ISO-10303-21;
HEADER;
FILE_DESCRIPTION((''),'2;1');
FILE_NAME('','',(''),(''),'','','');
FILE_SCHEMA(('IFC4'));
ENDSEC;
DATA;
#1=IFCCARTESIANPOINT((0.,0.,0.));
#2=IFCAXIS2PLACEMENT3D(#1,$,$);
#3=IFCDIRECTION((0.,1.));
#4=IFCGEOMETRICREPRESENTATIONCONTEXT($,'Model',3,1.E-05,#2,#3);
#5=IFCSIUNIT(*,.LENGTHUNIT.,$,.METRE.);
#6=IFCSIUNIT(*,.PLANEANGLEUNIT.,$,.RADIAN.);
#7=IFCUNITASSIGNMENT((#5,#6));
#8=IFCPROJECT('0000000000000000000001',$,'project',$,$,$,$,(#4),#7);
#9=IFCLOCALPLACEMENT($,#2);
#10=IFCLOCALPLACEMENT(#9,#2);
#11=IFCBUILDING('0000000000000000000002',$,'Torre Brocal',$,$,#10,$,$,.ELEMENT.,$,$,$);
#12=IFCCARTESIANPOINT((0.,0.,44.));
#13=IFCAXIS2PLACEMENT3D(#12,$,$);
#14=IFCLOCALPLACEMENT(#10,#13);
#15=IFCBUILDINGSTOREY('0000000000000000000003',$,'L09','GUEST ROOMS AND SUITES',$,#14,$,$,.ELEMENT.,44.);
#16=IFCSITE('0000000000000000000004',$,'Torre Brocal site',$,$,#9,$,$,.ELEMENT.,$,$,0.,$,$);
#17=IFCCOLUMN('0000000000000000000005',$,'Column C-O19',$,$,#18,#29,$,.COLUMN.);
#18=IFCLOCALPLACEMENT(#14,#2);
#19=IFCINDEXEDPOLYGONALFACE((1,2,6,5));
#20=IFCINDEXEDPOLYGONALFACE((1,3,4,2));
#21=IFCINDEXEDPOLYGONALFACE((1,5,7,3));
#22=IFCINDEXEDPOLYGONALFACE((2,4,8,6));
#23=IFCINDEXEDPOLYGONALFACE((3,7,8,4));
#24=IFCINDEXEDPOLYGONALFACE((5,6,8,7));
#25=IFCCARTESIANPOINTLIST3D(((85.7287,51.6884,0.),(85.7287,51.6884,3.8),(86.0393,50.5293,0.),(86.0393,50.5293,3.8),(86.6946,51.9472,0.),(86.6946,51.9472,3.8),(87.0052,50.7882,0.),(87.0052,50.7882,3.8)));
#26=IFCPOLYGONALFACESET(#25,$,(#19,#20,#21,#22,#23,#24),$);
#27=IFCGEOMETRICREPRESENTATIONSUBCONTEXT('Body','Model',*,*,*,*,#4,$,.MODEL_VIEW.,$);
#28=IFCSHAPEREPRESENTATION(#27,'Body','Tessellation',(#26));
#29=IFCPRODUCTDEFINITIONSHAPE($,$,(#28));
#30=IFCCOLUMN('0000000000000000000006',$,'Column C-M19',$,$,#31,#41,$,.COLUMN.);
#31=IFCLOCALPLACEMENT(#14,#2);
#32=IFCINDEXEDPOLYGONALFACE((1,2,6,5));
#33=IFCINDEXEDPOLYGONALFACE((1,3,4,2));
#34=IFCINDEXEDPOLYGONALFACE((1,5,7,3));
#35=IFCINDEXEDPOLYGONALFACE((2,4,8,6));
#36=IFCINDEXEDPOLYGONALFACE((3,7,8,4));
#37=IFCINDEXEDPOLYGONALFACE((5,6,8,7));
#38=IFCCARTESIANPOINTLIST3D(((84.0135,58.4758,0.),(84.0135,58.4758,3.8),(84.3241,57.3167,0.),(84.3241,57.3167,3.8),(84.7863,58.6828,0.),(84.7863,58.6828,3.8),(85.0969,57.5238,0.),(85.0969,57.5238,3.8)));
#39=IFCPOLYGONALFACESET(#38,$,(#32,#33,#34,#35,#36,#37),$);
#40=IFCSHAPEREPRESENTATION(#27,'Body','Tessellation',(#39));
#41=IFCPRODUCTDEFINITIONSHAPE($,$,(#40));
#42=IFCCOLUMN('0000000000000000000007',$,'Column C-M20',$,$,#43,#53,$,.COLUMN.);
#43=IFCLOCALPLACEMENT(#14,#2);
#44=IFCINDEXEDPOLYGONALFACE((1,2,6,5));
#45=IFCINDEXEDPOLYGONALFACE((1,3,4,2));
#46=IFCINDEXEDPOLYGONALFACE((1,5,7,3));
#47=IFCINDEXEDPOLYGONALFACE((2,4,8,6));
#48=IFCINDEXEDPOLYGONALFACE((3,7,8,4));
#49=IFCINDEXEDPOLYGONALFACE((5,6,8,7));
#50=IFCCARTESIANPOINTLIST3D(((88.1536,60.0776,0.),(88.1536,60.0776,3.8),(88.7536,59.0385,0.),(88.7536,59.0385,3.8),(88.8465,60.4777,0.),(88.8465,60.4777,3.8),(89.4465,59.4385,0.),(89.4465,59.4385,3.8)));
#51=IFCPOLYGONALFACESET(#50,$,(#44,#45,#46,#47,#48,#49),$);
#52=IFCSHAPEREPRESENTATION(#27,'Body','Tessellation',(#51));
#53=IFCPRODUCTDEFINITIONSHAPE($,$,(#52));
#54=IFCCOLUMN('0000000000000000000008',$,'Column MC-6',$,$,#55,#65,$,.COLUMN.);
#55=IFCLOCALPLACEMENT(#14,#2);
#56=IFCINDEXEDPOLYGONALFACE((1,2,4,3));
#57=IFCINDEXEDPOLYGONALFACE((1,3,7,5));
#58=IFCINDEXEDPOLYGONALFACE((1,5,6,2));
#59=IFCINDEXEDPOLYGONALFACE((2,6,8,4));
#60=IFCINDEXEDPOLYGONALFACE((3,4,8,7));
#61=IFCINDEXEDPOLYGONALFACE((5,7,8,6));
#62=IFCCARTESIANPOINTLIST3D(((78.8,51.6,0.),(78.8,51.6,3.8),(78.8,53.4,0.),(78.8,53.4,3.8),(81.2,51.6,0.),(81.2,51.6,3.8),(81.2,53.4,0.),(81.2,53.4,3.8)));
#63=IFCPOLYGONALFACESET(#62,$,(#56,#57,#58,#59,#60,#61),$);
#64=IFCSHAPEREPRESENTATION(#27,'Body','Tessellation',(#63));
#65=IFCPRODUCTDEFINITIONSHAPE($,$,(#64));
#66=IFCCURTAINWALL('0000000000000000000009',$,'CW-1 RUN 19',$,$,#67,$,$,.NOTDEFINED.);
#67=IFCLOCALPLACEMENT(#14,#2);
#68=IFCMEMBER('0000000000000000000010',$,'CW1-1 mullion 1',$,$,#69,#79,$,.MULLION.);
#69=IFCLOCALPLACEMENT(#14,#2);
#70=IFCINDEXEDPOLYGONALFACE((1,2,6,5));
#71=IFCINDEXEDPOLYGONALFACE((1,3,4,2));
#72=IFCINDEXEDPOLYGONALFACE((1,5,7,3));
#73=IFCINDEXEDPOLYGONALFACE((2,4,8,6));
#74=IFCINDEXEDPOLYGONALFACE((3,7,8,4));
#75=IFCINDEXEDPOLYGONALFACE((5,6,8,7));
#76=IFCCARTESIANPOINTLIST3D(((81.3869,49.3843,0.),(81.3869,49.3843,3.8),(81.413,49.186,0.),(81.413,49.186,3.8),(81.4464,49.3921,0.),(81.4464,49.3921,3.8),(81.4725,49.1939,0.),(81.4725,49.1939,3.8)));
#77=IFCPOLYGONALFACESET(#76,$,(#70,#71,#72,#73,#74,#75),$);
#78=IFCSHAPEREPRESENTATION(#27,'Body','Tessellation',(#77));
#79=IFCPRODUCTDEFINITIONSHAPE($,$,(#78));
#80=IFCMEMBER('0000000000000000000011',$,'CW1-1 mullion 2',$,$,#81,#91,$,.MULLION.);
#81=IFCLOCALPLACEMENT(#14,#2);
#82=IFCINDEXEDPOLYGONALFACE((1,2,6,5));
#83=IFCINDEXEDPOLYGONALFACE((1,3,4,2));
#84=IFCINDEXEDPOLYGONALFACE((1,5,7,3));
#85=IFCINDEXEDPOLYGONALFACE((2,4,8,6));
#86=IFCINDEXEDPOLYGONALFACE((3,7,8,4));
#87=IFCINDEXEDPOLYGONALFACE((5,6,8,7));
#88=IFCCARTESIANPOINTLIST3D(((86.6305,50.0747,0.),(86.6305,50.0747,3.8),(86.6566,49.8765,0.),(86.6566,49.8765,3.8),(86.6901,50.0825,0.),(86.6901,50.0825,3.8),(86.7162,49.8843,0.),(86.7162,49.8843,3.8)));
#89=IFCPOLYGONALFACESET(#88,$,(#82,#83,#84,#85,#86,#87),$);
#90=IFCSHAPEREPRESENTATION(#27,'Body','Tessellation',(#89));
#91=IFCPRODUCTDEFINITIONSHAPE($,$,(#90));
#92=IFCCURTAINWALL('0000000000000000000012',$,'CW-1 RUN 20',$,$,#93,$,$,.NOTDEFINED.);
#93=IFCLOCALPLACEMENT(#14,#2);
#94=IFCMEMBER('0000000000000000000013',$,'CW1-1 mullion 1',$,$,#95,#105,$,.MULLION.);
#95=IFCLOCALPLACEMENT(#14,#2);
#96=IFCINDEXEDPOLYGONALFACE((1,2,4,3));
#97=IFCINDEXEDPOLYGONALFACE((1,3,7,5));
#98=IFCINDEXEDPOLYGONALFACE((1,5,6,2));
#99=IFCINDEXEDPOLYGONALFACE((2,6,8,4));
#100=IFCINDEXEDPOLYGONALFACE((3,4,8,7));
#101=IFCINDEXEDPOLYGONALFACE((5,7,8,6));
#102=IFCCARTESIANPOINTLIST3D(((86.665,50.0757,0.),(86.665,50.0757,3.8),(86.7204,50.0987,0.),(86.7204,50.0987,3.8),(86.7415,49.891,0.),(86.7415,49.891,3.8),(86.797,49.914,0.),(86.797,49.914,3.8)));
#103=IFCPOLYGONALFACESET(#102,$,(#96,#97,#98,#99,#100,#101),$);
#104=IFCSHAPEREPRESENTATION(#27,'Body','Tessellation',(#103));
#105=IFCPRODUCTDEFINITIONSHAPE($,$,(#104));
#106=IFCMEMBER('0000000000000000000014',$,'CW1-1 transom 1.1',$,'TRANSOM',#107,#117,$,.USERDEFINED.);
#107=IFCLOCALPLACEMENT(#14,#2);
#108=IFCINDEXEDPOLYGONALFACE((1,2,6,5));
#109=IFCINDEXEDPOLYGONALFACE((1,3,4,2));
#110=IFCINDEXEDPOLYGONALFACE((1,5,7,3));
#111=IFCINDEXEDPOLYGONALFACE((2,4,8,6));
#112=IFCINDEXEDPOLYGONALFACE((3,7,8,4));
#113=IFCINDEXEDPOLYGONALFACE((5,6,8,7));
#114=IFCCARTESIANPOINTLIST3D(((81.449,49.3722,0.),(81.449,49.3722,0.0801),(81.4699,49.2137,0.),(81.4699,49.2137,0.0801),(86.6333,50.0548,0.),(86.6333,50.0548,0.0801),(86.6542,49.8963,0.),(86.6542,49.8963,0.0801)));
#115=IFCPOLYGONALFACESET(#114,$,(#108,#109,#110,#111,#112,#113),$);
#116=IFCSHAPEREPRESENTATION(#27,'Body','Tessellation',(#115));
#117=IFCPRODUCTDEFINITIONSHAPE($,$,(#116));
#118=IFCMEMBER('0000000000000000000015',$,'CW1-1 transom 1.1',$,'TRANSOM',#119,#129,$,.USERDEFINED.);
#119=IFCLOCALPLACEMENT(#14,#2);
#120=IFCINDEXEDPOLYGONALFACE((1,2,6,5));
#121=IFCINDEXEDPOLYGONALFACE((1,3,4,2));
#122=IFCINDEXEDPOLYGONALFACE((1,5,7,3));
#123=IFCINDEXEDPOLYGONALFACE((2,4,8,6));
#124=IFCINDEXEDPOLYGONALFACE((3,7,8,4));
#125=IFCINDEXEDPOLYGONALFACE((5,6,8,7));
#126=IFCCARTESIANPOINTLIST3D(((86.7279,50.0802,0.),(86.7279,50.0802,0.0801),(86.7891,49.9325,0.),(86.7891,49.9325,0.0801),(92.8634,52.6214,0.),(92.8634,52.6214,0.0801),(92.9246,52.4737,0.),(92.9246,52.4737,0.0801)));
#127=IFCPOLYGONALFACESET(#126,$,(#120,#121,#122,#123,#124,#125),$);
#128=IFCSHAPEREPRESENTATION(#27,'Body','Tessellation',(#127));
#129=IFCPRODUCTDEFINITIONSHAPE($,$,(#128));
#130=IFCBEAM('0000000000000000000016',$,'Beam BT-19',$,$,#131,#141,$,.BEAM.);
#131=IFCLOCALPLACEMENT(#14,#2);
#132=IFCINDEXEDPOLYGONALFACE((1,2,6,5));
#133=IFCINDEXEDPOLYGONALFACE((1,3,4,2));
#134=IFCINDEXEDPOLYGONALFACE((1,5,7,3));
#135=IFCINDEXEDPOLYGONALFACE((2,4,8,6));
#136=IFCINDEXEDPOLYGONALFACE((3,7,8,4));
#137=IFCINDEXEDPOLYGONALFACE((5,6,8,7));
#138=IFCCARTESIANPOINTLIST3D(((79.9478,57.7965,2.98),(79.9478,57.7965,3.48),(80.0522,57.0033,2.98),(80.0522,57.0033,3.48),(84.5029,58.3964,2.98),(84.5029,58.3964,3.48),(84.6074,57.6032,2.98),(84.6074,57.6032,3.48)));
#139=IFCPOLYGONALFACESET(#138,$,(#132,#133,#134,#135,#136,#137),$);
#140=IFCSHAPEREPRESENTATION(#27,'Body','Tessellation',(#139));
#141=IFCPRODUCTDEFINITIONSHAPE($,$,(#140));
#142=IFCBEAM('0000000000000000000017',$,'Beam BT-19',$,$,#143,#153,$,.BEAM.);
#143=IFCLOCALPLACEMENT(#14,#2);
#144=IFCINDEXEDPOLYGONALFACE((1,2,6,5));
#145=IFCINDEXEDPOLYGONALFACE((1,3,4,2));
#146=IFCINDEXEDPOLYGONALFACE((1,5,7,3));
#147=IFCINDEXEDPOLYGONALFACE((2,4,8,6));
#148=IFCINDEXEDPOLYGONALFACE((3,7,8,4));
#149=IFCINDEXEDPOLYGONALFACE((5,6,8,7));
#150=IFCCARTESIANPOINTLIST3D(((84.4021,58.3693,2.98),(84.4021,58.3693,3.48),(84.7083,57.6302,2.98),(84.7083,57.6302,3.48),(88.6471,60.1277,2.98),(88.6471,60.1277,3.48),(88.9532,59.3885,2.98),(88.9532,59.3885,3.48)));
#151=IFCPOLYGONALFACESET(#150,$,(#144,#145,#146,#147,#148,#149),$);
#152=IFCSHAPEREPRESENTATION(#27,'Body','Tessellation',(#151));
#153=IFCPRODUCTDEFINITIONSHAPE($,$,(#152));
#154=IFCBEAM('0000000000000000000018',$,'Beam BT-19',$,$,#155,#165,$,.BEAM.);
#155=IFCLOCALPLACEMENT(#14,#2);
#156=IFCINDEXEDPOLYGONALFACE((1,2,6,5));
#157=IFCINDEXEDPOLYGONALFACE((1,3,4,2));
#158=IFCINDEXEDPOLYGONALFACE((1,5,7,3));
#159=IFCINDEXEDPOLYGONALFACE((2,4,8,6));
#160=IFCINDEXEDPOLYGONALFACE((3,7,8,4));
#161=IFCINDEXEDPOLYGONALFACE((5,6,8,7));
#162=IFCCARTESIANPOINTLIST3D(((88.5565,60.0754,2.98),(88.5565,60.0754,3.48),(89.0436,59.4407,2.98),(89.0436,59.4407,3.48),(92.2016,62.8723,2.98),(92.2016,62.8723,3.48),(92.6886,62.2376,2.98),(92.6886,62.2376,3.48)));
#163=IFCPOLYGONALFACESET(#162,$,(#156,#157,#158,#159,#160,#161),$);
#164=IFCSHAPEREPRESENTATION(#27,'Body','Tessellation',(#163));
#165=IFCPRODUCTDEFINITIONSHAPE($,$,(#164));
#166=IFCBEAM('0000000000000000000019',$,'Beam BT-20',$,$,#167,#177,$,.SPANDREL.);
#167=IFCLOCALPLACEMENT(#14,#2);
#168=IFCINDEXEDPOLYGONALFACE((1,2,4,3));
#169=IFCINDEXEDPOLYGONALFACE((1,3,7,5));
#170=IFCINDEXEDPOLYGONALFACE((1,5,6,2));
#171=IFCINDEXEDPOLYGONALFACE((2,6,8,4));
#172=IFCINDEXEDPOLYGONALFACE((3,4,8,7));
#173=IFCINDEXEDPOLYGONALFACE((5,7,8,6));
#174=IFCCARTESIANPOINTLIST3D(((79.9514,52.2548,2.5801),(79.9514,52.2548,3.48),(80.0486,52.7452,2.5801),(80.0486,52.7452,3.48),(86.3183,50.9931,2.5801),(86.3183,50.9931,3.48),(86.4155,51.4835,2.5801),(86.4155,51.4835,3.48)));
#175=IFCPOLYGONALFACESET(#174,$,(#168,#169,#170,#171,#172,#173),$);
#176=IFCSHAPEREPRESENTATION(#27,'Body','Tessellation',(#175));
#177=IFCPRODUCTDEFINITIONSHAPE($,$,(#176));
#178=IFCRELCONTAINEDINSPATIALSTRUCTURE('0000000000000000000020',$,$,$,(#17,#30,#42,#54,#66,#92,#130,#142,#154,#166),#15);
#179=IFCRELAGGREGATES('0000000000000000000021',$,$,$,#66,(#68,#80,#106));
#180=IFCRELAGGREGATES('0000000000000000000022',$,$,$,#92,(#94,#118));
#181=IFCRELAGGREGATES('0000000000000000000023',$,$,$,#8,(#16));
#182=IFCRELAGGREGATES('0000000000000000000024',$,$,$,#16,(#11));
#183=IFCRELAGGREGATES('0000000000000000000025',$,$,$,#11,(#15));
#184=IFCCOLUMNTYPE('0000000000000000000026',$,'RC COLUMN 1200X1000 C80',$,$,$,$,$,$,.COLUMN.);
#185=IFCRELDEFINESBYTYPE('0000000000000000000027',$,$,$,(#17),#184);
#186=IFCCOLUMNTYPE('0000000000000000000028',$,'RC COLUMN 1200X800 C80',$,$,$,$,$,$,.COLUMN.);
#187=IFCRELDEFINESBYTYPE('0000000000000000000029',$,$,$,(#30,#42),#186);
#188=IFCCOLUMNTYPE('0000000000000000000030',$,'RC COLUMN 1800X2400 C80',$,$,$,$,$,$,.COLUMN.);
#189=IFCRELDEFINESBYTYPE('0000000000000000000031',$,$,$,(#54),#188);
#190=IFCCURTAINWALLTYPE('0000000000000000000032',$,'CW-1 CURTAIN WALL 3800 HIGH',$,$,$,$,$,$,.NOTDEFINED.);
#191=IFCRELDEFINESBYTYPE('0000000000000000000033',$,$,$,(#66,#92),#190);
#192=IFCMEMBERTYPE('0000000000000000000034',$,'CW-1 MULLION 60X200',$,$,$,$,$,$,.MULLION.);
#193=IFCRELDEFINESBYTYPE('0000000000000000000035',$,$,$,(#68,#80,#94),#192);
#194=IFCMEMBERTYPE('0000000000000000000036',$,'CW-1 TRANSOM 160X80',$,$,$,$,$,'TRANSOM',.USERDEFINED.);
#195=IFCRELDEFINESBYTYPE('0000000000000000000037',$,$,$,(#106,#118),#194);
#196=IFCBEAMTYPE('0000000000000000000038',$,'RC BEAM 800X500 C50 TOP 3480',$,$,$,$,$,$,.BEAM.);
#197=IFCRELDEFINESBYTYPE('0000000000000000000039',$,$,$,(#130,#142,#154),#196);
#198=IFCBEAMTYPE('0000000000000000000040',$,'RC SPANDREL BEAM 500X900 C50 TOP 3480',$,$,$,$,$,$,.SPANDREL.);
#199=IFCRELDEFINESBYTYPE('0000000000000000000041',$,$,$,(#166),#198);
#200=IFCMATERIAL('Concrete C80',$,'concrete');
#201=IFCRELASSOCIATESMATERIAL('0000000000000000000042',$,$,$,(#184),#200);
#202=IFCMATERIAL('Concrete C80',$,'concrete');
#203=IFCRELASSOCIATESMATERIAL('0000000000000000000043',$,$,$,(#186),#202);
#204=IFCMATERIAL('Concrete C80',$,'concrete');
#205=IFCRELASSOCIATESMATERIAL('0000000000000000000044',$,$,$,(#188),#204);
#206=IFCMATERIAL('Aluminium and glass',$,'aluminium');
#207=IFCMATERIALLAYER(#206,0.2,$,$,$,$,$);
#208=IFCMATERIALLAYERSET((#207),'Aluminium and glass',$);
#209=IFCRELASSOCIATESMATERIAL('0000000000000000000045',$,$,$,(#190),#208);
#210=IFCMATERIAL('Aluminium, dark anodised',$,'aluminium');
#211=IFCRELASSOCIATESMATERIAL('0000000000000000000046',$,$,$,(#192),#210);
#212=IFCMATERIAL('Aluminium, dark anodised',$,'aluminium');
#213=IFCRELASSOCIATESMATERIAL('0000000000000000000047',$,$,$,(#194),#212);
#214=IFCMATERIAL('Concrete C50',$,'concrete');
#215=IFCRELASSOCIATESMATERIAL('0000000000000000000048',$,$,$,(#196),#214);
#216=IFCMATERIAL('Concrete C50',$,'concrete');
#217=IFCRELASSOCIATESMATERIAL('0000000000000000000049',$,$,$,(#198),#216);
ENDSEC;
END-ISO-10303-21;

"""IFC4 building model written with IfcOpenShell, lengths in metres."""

from ifc_helpers import new_model, si_unit, direction, frame, origin, origin_2d, place, context, subcontext, project, spatial, rectangle, extrude, material, layer, layer_set, material_profile, profile_set, type_object, element, aggregate, save


model = new_model("IFC4")

# Units and contexts
model_context = context("Model", 3, precision=1e-05, world=origin(), true_north=direction((0.0, 1.0)))
body_context = subcontext(model_context, "Body", "Model", "MODEL_VIEW")
ifc_project = project(units=[si_unit("LENGTHUNIT", "METRE"), si_unit("PLANEANGLEUNIT", "RADIAN")], contexts=[model_context])

# Site, building, storey
site_placement = place(None, origin())
site = spatial("IfcSite", under=ifc_project, at=site_placement, Name="Torre Brocal site", CompositionType="ELEMENT", RefElevation=0.0)
building_placement = place(site_placement, origin())
building = spatial("IfcBuilding", under=site, at=building_placement, Name="Torre Brocal", CompositionType="ELEMENT")
storey_placement = place(building_placement, frame((0.0, 0.0, 44.0)))
storey = spatial("IfcBuildingStorey", under=building, at=storey_placement, Name="L09", Description="GUEST ROOMS AND SUITES", CompositionType="ELEMENT", Elevation=44.0)

# Columns
ifc_material_1 = material(Name="Concrete C80", Category="concrete")
ifc_material_profile_1 = material_profile(ifc_material_1, rectangle(XDim=1.2, YDim=1.0, at=origin_2d()), Name="RC 1200X1000")
ifc_profile_set_1 = profile_set([ifc_material_profile_1], Name="Concrete C80")
column_type_1 = type_object("IfcColumnType", Name="RC COLUMN 1200X1000 C80", PredefinedType="COLUMN", material=ifc_profile_set_1)
column_1_placement = place(storey_placement, frame((86.3669, 51.2383, 0.0), z_axis=(0.0, 0.0, 1.0), x_axis=(0.258819, -0.965926, 0.0)))
element("IfcColumn", 1, at=column_1_placement, inside=storey, type_object=column_type_1, Name="Column C-O19", PredefinedType="COLUMN", context=body_context, shape_type="SweptSolid", body=[
    extrude(rectangle(XDim=1.2, YDim=1.0, at=origin_2d()), origin(), (0.0, 0.0, 1.0), 3.8),
])
ifc_material_2 = material(Name="Concrete C80", Category="concrete")
ifc_material_profile_2 = material_profile(ifc_material_2, rectangle(XDim=1.2, YDim=0.8, at=origin_2d()), Name="RC 1200X800")
ifc_profile_set_2 = profile_set([ifc_material_profile_2], Name="Concrete C80")
column_type_2 = type_object("IfcColumnType", Name="RC COLUMN 1200X800 C80", PredefinedType="COLUMN", material=ifc_profile_set_2)
for number, where, z_axis, x_axis, name in (
    (2, (84.5552, 57.9998, 0.0), (0.0, 0.0, 1.0), (0.258819, -0.965926, 0.0), "Column C-M19"),
    (3, (88.8, 59.7581, 0.0), (0.0, 0.0, 1.0), (0.5, -0.866025, 0.0), "Column C-M20"),
):
    element("IfcColumn", number, at=place(storey_placement, frame(where, z_axis=z_axis, x_axis=x_axis)), inside=storey, type_object=column_type_2, Name=name, PredefinedType="COLUMN", context=body_context, shape_type="SweptSolid", body=[
        extrude(rectangle(XDim=1.2, YDim=0.8, at=origin_2d()), origin(), (0.0, 0.0, 1.0), 3.8),
    ])
ifc_material_3 = material(Name="Concrete C80", Category="concrete")
ifc_material_profile_3 = material_profile(ifc_material_3, rectangle(XDim=1.8, YDim=2.3999, at=origin_2d()), Name="RC 1800X2400")
ifc_profile_set_3 = profile_set([ifc_material_profile_3], Name="Concrete C80")
column_type_3 = type_object("IfcColumnType", Name="RC COLUMN 1800X2400 C80", PredefinedType="COLUMN", material=ifc_profile_set_3)
column_2_placement = place(storey_placement, frame((80.0, 52.5, 0.0), z_axis=(0.0, 0.0, 1.0), x_axis=(0.0, -1.0, 0.0)))
element("IfcColumn", 4, at=column_2_placement, inside=storey, type_object=column_type_3, Name="Column MC-6", PredefinedType="COLUMN", context=body_context, shape_type="SweptSolid", body=[
    extrude(rectangle(XDim=1.8, YDim=2.3999, at=origin_2d()), origin(), (0.0, 0.0, 1.0), 3.8),
])

# Curtain wall, members
ifc_material_4 = material(Name="Aluminium and glass", Category="aluminium")
ifc_layer_1 = layer(ifc_material_4, 0.2)
ifc_layer_set_1 = layer_set([ifc_layer_1], Name="Aluminium and glass")
curtain_wall_type = type_object("IfcCurtainWallType", Name="CW-1 CURTAIN WALL 3800 HIGH", PredefinedType="NOTDEFINED", material=ifc_layer_set_1)
curtain_wall_1_placement = place(storey_placement, origin())
curtain_wall_1 = element("IfcCurtainWall", 5, at=curtain_wall_1_placement, inside=storey, type_object=curtain_wall_type, Name="CW-1 RUN 19", PredefinedType="NOTDEFINED")
ifc_material_5 = material(Name="Aluminium, dark anodised", Category="aluminium")
ifc_material_profile_4 = material_profile(ifc_material_5, rectangle(XDim=0.2, YDim=0.0601, at=origin_2d()), Name="CW-1 MULLION 60X200")
ifc_profile_set_4 = profile_set([ifc_material_profile_4], Name="Aluminium, dark anodised")
member_type_1 = type_object("IfcMemberType", Name="CW-1 MULLION 60X200", PredefinedType="MULLION", material=ifc_profile_set_4)
member_1_placement = place(storey_placement, frame((81.4297, 49.2891, 0.0), z_axis=(0.0, 0.0, 1.0), x_axis=(-0.130526, 0.991445, 0.0)))
member_1 = element("IfcMember", 6, at=member_1_placement, type_object=member_type_1, Name="CW1-1 mullion 1", PredefinedType="MULLION", context=body_context, shape_type="SweptSolid", body=[
    extrude(rectangle(XDim=0.2, YDim=0.0601, at=origin_2d()), origin(), (0.0, 0.0, 1.0), 3.8),
])
member_2_placement = place(storey_placement, frame((86.6733, 49.9795, 0.0), z_axis=(0.0, 0.0, 1.0), x_axis=(-0.130526, 0.991445, 0.0)))
member_2 = element("IfcMember", 7, at=member_2_placement, type_object=member_type_1, Name="CW1-1 mullion 2", PredefinedType="MULLION", context=body_context, shape_type="SweptSolid", body=[
    extrude(rectangle(XDim=0.2, YDim=0.0601, at=origin_2d()), origin(), (0.0, 0.0, 1.0), 3.8),
])

# Curtain wall, member
curtain_wall_2_placement = place(storey_placement, origin())
curtain_wall_2 = element("IfcCurtainWall", 8, at=curtain_wall_2_placement, inside=storey, type_object=curtain_wall_type, Name="CW-1 RUN 20", PredefinedType="NOTDEFINED")
member_3_placement = place(storey_placement, frame((86.731, 49.9949, 0.0), z_axis=(0.0, 0.0, 1.0), x_axis=(-0.382683, 0.92388, 0.0)))
member_3 = element("IfcMember", 9, at=member_3_placement, type_object=member_type_1, Name="CW1-1 mullion 1", PredefinedType="MULLION", context=body_context, shape_type="SweptSolid", body=[
    extrude(rectangle(XDim=0.2, YDim=0.0601, at=origin_2d()), origin(), (0.0, 0.0, 1.0), 3.8),
])

# Members
ifc_material_6 = material(Name="Aluminium, dark anodised", Category="aluminium")
ifc_material_profile_5 = material_profile(ifc_material_6, rectangle(XDim=0.1599, YDim=0.0801, at=origin_2d()), Name="CW-1 TRANSOM 160X80")
ifc_profile_set_5 = profile_set([ifc_material_profile_5], Name="Aluminium, dark anodised")
member_type_2 = type_object("IfcMemberType", Name="CW-1 TRANSOM 160X80", ElementType="TRANSOM", PredefinedType="USERDEFINED", material=ifc_profile_set_5)
member_4_placement = place(storey_placement, frame((81.4595, 49.293, 0.04), z_axis=(0.991443, 0.130543, 0.0), x_axis=(-0.130543, 0.991443, 0.0)))
member_4 = element("IfcMember", 10, at=member_4_placement, type_object=member_type_2, Name="CW1-1 transom 1.1", ObjectType="TRANSOM", PredefinedType="USERDEFINED", context=body_context, shape_type="SweptSolid", body=[
    extrude(rectangle(XDim=0.1599, YDim=0.0801, at=origin_2d()), origin(), (0.0, 0.0, 1.0), 5.229),
])
member_5_placement = place(storey_placement, frame((86.7585, 50.0063, 0.04), z_axis=(0.923887, 0.382665, 0.0), x_axis=(-0.382665, 0.923887, 0.0)))
member_5 = element("IfcMember", 11, at=member_5_placement, type_object=member_type_2, Name="CW1-1 transom 1.1", ObjectType="TRANSOM", PredefinedType="USERDEFINED", context=body_context, shape_type="SweptSolid", body=[
    extrude(rectangle(XDim=0.1599, YDim=0.0801, at=origin_2d()), origin(), (0.0, 0.0, 1.0), 6.6409),
])

# Beams
ifc_material_7 = material(Name="Concrete C50", Category="concrete")
ifc_material_profile_6 = material_profile(ifc_material_7, rectangle(XDim=0.8, YDim=0.5, at=origin_2d()), Name="RC 800X500")
ifc_profile_set_6 = profile_set([ifc_material_profile_6], Name="Concrete C50")
beam_type_1 = type_object("IfcBeamType", Name="RC BEAM 800X500 C50 TOP 3480", PredefinedType="BEAM", material=ifc_profile_set_6)
beam_1_placement = place(storey_placement, frame((80.0, 57.3999, 3.23), z_axis=(0.991441, 0.130559, 0.0), x_axis=(-0.130559, 0.991441, 0.0)))
element("IfcBeam", 12, at=beam_1_placement, inside=storey, type_object=beam_type_1, Name="Beam BT-19", PredefinedType="BEAM", context=body_context, shape_type="SweptSolid", body=[
    extrude(rectangle(XDim=0.8, YDim=0.5, at=origin_2d()), origin(), (0.0, 0.0, 1.0), 4.5945),
])
beam_2_placement = place(storey_placement, frame((84.5552, 57.9998, 3.23), z_axis=(0.923878, 0.382687, 0.0), x_axis=(-0.382687, 0.923878, 0.0)))
element("IfcBeam", 13, at=beam_2_placement, inside=storey, type_object=beam_type_1, Name="Beam BT-19", PredefinedType="BEAM", context=body_context, shape_type="SweptSolid", body=[
    extrude(rectangle(XDim=0.8, YDim=0.5, at=origin_2d()), origin(), (0.0, 0.0, 1.0), 4.5947),
])
beam_3_placement = place(storey_placement, frame((88.8, 59.7581, 3.23), z_axis=(0.793358, 0.608755, 0.0), x_axis=(-0.608755, 0.793358, 0.0)))
element("IfcBeam", 14, at=beam_3_placement, inside=storey, type_object=beam_type_1, Name="Beam BT-19", PredefinedType="BEAM", context=body_context, shape_type="SweptSolid", body=[
    extrude(rectangle(XDim=0.8, YDim=0.5, at=origin_2d()), origin(), (0.0, 0.0, 1.0), 4.5945),
])
ifc_material_8 = material(Name="Concrete C50", Category="concrete")
ifc_material_profile_7 = material_profile(ifc_material_8, rectangle(XDim=0.5, YDim=0.8999, at=origin_2d()), Name="RC 500X900")
ifc_profile_set_7 = profile_set([ifc_material_profile_7], Name="Concrete C50")
beam_type_2 = type_object("IfcBeamType", Name="RC SPANDREL BEAM 500X900 C50 TOP 3480", PredefinedType="SPANDREL", material=ifc_profile_set_7)
beam_4_placement = place(storey_placement, frame((80.0, 52.5, 3.03), z_axis=(0.980925, -0.194387, 0.0), x_axis=(0.194387, 0.980925, 0.0)))
element("IfcBeam", 15, at=beam_4_placement, inside=storey, type_object=beam_type_2, Name="Beam BT-20", PredefinedType="SPANDREL", context=body_context, shape_type="SweptSolid", body=[
    extrude(rectangle(XDim=0.5, YDim=0.8999, at=origin_2d()), origin(), (0.0, 0.0, 1.0), 6.4907),
])

aggregate(curtain_wall_1, [member_1, member_2, member_4])
aggregate(curtain_wall_2, [member_3, member_5])

save(model, "model.ifc")
